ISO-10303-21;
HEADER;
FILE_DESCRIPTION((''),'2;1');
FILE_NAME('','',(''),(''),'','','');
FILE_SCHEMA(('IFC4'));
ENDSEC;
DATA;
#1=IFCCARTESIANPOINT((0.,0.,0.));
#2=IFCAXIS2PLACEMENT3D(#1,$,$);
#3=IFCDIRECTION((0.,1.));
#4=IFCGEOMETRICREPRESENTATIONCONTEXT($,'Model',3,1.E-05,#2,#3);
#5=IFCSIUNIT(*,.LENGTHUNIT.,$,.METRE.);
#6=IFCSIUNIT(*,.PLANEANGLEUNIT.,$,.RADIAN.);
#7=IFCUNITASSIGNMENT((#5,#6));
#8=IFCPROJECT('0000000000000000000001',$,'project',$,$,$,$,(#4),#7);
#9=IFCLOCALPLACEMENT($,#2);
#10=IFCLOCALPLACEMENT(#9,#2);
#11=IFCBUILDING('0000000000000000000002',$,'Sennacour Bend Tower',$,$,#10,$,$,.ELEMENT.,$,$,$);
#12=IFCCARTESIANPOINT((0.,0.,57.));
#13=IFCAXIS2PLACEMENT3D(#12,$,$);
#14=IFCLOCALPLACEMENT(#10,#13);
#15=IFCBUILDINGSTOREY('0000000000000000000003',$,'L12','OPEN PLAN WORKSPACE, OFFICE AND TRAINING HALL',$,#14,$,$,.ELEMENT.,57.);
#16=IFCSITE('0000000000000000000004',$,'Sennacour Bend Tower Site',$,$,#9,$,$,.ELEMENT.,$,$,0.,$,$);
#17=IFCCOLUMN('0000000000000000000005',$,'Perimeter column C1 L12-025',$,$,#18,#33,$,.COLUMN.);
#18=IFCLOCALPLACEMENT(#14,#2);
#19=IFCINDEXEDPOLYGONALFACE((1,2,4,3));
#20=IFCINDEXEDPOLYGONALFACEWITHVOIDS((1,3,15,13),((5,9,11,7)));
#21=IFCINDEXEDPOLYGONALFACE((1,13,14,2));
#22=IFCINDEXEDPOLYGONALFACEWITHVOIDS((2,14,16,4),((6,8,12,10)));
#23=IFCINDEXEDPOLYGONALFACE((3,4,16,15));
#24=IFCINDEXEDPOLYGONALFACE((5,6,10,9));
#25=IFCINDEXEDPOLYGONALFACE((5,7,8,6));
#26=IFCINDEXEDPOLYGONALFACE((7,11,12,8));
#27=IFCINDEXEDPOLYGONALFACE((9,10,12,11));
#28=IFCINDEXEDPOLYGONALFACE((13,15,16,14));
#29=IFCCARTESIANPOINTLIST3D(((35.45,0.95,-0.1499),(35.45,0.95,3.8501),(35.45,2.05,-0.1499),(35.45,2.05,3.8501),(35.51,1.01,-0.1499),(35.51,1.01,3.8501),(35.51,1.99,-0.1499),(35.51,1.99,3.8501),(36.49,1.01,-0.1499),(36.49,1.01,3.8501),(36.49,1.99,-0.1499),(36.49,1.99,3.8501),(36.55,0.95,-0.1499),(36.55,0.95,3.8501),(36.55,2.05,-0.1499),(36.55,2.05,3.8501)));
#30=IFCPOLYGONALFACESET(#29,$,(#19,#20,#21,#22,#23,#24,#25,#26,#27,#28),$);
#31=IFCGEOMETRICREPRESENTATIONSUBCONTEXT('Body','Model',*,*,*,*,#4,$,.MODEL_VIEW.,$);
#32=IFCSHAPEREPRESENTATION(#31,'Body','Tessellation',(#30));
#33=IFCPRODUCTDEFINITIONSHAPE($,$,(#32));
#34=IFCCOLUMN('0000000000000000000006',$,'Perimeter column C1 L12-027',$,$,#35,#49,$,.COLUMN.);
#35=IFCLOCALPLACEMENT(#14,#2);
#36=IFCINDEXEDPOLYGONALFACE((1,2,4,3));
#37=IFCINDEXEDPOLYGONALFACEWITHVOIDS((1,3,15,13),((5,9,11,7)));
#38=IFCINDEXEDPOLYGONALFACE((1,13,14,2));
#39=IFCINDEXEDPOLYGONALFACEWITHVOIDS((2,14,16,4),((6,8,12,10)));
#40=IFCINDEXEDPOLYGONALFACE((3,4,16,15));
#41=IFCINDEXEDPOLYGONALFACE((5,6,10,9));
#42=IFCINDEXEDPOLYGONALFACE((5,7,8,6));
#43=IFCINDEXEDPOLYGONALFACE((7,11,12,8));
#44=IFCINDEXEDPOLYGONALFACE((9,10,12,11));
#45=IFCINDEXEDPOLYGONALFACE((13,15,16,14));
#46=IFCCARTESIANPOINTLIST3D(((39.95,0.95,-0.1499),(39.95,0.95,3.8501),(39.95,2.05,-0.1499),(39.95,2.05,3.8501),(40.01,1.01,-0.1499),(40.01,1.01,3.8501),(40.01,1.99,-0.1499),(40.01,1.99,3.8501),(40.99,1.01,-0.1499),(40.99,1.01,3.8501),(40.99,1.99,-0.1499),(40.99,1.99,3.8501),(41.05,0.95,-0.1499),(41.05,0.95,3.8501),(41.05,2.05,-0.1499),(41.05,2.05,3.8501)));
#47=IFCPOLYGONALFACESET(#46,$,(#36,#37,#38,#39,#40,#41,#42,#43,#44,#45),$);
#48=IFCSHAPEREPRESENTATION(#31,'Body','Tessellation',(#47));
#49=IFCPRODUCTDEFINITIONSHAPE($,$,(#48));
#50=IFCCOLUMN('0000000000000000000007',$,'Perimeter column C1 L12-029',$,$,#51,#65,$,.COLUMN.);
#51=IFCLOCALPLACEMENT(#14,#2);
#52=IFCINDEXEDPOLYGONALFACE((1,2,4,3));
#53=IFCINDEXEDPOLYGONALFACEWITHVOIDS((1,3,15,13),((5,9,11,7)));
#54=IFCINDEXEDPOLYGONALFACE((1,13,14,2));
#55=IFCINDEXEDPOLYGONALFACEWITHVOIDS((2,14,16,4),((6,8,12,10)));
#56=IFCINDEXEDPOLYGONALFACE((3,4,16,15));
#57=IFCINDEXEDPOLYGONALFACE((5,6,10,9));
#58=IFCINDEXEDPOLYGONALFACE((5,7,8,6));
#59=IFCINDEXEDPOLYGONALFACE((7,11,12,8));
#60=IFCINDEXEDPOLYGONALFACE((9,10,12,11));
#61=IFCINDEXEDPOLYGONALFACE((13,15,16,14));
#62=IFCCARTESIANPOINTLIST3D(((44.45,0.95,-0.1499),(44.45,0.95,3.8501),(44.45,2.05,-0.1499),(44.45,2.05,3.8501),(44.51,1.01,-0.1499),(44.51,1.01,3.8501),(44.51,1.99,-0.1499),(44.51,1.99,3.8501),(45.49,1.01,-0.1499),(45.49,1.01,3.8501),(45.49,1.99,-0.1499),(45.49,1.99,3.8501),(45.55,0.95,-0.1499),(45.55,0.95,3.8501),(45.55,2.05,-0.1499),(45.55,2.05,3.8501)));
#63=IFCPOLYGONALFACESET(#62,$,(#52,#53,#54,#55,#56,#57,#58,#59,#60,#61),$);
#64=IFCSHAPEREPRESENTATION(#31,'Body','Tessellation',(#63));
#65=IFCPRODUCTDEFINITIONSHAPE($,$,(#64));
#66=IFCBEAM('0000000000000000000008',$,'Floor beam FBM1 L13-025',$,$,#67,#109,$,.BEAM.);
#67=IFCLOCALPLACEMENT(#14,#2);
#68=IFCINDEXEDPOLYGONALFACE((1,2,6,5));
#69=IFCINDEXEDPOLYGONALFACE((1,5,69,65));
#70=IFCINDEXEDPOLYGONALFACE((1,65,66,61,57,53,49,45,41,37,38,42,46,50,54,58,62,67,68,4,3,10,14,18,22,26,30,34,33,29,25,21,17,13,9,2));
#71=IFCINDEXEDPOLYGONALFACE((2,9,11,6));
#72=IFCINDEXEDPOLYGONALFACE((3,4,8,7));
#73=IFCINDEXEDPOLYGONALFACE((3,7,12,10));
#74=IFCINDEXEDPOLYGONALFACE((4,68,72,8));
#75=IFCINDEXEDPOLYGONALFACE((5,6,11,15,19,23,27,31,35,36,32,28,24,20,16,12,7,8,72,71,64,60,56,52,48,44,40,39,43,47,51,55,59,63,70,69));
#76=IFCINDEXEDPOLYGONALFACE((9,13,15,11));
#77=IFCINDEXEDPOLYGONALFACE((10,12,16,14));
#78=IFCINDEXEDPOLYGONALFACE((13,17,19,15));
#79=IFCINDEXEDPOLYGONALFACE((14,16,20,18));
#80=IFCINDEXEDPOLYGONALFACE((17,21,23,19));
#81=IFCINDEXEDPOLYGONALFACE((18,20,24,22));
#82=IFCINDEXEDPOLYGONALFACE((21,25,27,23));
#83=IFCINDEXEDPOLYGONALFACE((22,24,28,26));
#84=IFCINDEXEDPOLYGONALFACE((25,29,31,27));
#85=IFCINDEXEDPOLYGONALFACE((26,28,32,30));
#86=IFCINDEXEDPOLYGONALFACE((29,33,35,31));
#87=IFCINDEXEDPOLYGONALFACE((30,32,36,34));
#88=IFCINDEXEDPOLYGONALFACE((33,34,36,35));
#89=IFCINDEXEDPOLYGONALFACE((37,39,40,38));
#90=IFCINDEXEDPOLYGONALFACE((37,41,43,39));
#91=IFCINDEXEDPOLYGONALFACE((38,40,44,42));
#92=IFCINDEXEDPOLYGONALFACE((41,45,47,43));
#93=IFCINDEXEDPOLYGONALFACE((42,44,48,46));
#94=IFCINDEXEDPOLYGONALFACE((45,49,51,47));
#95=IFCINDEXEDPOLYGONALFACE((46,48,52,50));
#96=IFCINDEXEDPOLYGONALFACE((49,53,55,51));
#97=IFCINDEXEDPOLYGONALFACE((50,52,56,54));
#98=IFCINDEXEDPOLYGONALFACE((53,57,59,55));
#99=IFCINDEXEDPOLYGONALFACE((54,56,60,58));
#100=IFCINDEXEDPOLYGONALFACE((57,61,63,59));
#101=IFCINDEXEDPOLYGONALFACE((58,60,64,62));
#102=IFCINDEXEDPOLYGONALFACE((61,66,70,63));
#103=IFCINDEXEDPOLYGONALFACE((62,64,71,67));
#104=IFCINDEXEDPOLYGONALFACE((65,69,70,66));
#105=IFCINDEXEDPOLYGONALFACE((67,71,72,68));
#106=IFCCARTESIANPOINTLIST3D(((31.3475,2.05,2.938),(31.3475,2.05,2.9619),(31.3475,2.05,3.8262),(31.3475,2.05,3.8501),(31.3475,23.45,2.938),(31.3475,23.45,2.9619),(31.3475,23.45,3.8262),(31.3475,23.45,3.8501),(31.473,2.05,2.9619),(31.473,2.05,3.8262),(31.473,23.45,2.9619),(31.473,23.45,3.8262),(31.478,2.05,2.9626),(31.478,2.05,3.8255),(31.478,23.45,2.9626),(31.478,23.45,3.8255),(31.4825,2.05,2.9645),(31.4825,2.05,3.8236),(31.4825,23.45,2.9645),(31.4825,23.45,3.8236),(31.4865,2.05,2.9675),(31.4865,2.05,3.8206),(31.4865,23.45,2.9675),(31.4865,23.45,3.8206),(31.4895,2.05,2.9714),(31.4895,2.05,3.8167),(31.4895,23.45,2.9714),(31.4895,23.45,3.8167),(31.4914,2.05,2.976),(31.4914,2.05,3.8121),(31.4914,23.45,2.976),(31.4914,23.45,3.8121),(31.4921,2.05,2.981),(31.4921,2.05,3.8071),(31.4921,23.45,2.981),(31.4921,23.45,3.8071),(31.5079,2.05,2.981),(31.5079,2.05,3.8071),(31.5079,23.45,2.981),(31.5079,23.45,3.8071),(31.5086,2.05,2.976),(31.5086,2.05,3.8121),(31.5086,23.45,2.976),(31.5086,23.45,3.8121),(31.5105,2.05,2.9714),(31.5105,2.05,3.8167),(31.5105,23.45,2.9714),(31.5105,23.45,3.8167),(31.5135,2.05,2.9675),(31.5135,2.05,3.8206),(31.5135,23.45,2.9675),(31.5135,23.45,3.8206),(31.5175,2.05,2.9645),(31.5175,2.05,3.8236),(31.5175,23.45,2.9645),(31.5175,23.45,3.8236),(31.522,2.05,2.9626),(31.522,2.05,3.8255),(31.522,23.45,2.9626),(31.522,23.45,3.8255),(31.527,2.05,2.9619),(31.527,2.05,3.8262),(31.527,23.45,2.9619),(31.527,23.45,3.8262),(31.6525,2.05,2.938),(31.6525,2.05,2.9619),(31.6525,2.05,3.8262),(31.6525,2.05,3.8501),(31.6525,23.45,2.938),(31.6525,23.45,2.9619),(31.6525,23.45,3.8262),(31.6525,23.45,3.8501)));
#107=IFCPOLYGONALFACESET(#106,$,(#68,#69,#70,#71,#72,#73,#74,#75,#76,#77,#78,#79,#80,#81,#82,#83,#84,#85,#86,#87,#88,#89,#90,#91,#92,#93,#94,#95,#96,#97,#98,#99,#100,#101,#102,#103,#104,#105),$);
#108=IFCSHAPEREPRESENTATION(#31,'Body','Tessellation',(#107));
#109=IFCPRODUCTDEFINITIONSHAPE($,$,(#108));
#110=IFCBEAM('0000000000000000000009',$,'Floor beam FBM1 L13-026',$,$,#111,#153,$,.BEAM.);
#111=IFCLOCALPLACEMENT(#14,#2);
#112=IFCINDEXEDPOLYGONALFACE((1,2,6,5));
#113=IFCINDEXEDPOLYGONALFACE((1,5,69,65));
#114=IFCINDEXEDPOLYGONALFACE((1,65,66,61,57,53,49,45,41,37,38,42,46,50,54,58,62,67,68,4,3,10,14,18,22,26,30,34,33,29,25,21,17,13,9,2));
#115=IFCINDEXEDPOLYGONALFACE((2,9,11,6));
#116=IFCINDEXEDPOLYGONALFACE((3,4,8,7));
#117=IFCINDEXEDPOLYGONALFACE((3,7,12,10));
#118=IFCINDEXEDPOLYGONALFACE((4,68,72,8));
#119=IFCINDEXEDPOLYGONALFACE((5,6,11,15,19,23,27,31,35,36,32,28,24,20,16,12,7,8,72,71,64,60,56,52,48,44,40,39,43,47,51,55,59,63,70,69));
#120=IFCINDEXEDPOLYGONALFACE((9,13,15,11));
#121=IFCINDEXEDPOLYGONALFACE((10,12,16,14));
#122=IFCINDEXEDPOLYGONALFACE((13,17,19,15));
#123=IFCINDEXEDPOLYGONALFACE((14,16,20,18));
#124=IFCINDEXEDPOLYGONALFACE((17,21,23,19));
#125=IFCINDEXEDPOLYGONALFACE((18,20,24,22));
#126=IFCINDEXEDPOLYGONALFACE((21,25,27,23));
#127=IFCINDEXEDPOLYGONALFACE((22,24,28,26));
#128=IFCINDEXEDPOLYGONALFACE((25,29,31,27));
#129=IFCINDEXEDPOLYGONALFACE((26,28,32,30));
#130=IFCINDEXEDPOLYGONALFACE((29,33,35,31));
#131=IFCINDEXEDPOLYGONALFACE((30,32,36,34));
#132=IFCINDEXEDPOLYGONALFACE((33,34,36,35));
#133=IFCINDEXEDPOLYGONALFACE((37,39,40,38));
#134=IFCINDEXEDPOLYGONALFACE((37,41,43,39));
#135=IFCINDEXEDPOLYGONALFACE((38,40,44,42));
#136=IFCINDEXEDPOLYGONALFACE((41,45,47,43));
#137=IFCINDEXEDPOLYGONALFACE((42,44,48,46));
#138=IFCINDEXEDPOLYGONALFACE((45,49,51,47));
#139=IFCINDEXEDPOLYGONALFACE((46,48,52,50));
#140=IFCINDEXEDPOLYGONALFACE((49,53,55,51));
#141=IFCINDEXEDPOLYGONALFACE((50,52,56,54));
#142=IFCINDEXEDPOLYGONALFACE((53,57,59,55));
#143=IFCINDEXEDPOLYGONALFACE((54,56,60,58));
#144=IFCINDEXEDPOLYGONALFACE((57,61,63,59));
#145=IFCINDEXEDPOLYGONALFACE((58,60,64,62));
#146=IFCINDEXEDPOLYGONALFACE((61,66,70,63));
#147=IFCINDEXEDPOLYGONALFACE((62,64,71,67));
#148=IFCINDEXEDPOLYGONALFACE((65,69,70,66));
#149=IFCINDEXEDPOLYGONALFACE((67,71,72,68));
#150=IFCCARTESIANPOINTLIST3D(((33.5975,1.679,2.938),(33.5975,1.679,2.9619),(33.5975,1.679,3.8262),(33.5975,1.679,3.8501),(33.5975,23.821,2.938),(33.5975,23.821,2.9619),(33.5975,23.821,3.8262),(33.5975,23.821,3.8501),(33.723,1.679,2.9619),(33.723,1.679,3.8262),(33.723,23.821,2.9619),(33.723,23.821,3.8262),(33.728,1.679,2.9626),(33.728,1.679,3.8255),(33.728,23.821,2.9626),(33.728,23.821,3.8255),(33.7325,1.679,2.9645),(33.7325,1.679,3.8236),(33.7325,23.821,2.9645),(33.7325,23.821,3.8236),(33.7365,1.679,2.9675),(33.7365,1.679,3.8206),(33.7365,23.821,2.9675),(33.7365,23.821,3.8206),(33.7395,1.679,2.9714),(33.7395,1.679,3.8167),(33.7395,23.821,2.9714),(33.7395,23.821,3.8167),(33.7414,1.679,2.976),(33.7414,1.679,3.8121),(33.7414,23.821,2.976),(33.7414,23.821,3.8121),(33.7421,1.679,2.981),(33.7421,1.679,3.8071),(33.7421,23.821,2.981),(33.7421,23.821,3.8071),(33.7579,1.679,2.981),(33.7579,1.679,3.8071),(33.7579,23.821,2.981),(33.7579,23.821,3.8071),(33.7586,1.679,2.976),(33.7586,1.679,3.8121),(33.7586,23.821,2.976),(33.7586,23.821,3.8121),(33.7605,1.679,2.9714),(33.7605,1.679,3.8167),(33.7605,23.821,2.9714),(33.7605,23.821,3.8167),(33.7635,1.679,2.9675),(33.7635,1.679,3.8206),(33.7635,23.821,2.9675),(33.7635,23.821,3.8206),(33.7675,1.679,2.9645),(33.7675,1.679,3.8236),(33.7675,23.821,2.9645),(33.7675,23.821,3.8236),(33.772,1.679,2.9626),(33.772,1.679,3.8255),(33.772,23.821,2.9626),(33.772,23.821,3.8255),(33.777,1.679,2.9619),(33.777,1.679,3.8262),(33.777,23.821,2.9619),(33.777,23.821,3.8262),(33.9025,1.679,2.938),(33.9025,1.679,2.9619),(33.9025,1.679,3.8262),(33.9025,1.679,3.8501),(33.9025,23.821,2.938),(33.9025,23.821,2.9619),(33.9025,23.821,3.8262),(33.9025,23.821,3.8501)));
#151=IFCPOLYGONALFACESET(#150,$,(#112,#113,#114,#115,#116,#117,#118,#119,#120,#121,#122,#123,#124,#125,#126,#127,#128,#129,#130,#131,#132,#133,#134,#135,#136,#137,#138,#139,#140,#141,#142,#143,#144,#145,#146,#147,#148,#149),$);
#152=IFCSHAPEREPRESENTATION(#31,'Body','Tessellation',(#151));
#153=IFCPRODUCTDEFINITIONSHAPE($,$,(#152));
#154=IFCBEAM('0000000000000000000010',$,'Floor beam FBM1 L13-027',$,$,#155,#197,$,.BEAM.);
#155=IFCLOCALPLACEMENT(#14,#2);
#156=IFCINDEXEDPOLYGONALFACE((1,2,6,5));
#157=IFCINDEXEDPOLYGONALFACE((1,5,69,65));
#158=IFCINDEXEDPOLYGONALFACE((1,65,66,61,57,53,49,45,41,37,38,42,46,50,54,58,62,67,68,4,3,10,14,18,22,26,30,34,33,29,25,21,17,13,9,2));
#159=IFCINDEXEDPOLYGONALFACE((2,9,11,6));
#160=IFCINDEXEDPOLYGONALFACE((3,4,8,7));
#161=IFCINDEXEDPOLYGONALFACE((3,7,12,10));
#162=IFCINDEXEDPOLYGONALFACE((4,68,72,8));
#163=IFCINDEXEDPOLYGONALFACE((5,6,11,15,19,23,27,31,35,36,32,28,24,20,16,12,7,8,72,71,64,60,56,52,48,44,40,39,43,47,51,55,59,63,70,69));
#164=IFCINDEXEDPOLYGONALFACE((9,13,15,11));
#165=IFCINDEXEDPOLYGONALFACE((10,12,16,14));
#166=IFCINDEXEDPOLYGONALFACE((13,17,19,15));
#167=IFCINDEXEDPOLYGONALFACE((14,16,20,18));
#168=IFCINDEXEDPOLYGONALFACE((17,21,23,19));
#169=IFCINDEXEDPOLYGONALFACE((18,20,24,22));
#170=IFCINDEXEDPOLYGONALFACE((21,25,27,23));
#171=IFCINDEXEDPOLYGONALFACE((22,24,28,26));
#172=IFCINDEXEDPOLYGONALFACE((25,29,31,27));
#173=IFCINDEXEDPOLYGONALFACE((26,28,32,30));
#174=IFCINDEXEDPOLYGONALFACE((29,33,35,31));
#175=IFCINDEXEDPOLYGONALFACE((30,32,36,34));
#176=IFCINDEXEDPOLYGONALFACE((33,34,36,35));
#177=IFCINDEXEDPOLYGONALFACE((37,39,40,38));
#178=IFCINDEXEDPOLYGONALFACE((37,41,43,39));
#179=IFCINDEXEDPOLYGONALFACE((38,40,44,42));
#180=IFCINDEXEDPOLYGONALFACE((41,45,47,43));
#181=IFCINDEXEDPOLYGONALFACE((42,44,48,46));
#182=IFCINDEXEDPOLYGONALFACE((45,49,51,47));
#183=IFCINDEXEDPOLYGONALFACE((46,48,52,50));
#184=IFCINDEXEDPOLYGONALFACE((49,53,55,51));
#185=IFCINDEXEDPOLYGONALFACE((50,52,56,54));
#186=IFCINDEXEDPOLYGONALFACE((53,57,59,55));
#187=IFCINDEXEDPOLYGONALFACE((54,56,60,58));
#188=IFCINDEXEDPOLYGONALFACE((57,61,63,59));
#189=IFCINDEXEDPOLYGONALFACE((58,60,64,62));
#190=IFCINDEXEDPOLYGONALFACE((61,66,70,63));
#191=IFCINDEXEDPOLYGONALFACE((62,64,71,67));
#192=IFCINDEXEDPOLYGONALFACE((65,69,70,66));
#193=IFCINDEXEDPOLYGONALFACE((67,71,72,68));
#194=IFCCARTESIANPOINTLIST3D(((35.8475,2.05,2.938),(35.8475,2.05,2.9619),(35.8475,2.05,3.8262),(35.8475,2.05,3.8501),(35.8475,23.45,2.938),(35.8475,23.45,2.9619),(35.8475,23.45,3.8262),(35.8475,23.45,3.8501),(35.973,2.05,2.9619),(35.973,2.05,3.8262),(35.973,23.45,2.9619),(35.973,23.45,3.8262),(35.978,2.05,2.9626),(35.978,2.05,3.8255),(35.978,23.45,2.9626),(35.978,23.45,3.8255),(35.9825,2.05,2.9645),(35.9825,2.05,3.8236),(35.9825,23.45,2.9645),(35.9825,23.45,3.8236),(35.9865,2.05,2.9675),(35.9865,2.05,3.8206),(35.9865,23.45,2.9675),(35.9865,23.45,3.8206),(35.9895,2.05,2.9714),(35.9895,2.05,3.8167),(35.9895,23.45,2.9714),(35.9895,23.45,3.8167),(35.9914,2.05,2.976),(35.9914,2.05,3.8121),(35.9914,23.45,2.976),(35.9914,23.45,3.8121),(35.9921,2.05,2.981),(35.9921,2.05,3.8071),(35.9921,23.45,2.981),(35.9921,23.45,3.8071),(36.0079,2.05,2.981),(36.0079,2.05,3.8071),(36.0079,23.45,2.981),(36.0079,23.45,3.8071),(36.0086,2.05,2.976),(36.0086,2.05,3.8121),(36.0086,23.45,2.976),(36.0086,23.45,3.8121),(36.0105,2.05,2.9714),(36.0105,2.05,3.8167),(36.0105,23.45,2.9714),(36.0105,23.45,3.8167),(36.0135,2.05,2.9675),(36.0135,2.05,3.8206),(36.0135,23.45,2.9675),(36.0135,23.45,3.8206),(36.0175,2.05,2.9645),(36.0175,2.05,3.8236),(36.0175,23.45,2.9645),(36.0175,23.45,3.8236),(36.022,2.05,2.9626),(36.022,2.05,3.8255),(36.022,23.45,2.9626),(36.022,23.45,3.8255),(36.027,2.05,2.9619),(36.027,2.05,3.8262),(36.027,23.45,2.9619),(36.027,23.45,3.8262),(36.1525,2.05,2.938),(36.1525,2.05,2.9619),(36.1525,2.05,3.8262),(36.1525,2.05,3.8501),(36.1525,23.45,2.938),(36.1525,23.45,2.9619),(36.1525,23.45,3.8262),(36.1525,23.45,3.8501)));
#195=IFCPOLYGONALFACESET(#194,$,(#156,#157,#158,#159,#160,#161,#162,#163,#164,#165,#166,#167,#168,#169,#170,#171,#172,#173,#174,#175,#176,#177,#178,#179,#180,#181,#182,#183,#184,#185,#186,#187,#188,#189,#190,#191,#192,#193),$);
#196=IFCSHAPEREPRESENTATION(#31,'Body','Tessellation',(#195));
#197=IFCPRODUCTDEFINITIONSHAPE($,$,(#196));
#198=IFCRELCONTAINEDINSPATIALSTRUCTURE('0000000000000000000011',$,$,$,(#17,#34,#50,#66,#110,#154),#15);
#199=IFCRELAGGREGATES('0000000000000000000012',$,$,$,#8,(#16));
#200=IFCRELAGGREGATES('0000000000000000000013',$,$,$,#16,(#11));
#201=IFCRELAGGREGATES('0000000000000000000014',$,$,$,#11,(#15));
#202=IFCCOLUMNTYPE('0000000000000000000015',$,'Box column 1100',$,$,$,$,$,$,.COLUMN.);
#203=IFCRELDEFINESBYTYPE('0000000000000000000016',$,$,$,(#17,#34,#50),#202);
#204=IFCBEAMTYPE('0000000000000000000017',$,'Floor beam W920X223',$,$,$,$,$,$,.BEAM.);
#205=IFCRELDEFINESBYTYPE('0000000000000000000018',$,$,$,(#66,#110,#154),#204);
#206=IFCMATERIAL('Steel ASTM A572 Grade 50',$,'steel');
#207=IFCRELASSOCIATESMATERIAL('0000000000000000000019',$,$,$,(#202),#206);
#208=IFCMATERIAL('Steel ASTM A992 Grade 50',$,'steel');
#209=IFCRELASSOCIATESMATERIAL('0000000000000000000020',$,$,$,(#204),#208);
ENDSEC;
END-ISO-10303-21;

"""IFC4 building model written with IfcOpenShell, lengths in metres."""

from ifc_helpers import new_model, si_unit, direction, frame, origin, origin_2d, place, context, subcontext, project, spatial, hollow_rectangle, i_section, extrude, material, material_profile, profile_set, type_object, element, save


model = new_model("IFC4")

# Units and contexts
model_context = context("Model", 3, precision=1e-05, world=origin(), true_north=direction((0.0, 1.0)))
body_context = subcontext(model_context, "Body", "Model", "MODEL_VIEW")
ifc_project = project(units=[si_unit("LENGTHUNIT", "METRE"), si_unit("PLANEANGLEUNIT", "RADIAN")], contexts=[model_context])

# Site, building, storey
site_placement = place(None, origin())
site = spatial("IfcSite", under=ifc_project, at=site_placement, Name="Sennacour Bend Tower Site", CompositionType="ELEMENT", RefElevation=0.0)
building_placement = place(site_placement, origin())
building = spatial("IfcBuilding", under=site, at=building_placement, Name="Sennacour Bend Tower", CompositionType="ELEMENT")
storey_placement = place(building_placement, frame((0.0, 0.0, 57.0)))
storey = spatial("IfcBuildingStorey", under=building, at=storey_placement, Name="L12", Description="OPEN PLAN WORKSPACE, OFFICE AND TRAINING HALL", CompositionType="ELEMENT", Elevation=57.0)

# Columns
ifc_material_1 = material(Name="Steel ASTM A572 Grade 50", Category="steel")
ifc_material_profile_1 = material_profile(ifc_material_1, hollow_rectangle(XDim=1.1001, YDim=1.1001, WallThickness=0.0601, at=origin_2d()), Name="Steel ASTM A572 Grade 50", Category="steel")
ifc_profile_set_1 = profile_set([ifc_material_profile_1], Name="Steel ASTM A572 Grade 50")
column_type = type_object("IfcColumnType", Name="Box column 1100", PredefinedType="COLUMN", material=ifc_profile_set_1)
for number, where, z_axis, x_axis, name in (
    (1, (36.0, 1.5, -0.1499), (0.0, 0.0, 1.0), (1.0, 0.0, 0.0), "Perimeter column C1 L12-025"),
    (2, (40.5, 1.5, -0.1499), (0.0, 0.0, 1.0), (1.0, 0.0, 0.0), "Perimeter column C1 L12-027"),
    (3, (45.0, 1.5, -0.1499), (0.0, 0.0, 1.0), (1.0, 0.0, 0.0), "Perimeter column C1 L12-029"),
):
    element("IfcColumn", number, at=place(storey_placement, frame(where, z_axis=z_axis, x_axis=x_axis)), inside=storey, type_object=column_type, Name=name, PredefinedType="COLUMN", context=body_context, shape_type="SweptSolid", body=[
        extrude(hollow_rectangle(XDim=1.1001, YDim=1.1001, WallThickness=0.0601, at=origin_2d()), origin(), (0.0, 0.0, 1.0), 4.0),
    ])

# Beams
ifc_material_2 = material(Name="Steel ASTM A992 Grade 50", Category="steel")
ifc_material_profile_2 = material_profile(ifc_material_2, i_section(OverallWidth=0.3049, OverallDepth=0.9121, WebThickness=0.0159, FlangeThickness=0.0239, FilletRadius=0.019, at=origin_2d()), Name="Steel ASTM A992 Grade 50", Category="steel")
ifc_profile_set_2 = profile_set([ifc_material_profile_2], Name="Steel ASTM A992 Grade 50")
beam_type_1 = type_object("IfcBeamType", Name="Floor beam W920X223", PredefinedType="BEAM", material=ifc_profile_set_2)
beam_1_placement = place(storey_placement, frame((31.5, 2.05, 3.394), z_axis=(0.0, 1.0, 0.0), x_axis=(-1.0, 0.0, 0.0)))
element("IfcBeam", 4, at=beam_1_placement, inside=storey, type_object=beam_type_1, Name="Floor beam FBM1 L13-025", PredefinedType="BEAM", context=body_context, shape_type="SweptSolid", body=[
    extrude(i_section(OverallWidth=0.3049, OverallDepth=0.9121, WebThickness=0.0159, FlangeThickness=0.0239, FilletRadius=0.019, at=origin_2d()), origin(), (0.0, 0.0, 1.0), 21.3999),
])
beam_2_placement = place(storey_placement, frame((33.75, 1.679, 3.394), z_axis=(0.0, 1.0, 0.0), x_axis=(-1.0, 0.0, 0.0)))
element("IfcBeam", 5, at=beam_2_placement, inside=storey, type_object=beam_type_1, Name="Floor beam FBM1 L13-026", PredefinedType="BEAM", context=body_context, shape_type="SweptSolid", body=[
    extrude(i_section(OverallWidth=0.3049, OverallDepth=0.9121, WebThickness=0.0159, FlangeThickness=0.0239, FilletRadius=0.019, at=origin_2d()), origin(), (0.0, 0.0, 1.0), 22.1421),
])
beam_3_placement = place(storey_placement, frame((36.0, 2.05, 3.394), z_axis=(0.0, 1.0, 0.0), x_axis=(-1.0, 0.0, 0.0)))
element("IfcBeam", 6, at=beam_3_placement, inside=storey, type_object=beam_type_1, Name="Floor beam FBM1 L13-027", PredefinedType="BEAM", context=body_context, shape_type="SweptSolid", body=[
    extrude(i_section(OverallWidth=0.3049, OverallDepth=0.9121, WebThickness=0.0159, FlangeThickness=0.0239, FilletRadius=0.019, at=origin_2d()), origin(), (0.0, 0.0, 1.0), 21.3999),
])

save(model, "model.ifc")
